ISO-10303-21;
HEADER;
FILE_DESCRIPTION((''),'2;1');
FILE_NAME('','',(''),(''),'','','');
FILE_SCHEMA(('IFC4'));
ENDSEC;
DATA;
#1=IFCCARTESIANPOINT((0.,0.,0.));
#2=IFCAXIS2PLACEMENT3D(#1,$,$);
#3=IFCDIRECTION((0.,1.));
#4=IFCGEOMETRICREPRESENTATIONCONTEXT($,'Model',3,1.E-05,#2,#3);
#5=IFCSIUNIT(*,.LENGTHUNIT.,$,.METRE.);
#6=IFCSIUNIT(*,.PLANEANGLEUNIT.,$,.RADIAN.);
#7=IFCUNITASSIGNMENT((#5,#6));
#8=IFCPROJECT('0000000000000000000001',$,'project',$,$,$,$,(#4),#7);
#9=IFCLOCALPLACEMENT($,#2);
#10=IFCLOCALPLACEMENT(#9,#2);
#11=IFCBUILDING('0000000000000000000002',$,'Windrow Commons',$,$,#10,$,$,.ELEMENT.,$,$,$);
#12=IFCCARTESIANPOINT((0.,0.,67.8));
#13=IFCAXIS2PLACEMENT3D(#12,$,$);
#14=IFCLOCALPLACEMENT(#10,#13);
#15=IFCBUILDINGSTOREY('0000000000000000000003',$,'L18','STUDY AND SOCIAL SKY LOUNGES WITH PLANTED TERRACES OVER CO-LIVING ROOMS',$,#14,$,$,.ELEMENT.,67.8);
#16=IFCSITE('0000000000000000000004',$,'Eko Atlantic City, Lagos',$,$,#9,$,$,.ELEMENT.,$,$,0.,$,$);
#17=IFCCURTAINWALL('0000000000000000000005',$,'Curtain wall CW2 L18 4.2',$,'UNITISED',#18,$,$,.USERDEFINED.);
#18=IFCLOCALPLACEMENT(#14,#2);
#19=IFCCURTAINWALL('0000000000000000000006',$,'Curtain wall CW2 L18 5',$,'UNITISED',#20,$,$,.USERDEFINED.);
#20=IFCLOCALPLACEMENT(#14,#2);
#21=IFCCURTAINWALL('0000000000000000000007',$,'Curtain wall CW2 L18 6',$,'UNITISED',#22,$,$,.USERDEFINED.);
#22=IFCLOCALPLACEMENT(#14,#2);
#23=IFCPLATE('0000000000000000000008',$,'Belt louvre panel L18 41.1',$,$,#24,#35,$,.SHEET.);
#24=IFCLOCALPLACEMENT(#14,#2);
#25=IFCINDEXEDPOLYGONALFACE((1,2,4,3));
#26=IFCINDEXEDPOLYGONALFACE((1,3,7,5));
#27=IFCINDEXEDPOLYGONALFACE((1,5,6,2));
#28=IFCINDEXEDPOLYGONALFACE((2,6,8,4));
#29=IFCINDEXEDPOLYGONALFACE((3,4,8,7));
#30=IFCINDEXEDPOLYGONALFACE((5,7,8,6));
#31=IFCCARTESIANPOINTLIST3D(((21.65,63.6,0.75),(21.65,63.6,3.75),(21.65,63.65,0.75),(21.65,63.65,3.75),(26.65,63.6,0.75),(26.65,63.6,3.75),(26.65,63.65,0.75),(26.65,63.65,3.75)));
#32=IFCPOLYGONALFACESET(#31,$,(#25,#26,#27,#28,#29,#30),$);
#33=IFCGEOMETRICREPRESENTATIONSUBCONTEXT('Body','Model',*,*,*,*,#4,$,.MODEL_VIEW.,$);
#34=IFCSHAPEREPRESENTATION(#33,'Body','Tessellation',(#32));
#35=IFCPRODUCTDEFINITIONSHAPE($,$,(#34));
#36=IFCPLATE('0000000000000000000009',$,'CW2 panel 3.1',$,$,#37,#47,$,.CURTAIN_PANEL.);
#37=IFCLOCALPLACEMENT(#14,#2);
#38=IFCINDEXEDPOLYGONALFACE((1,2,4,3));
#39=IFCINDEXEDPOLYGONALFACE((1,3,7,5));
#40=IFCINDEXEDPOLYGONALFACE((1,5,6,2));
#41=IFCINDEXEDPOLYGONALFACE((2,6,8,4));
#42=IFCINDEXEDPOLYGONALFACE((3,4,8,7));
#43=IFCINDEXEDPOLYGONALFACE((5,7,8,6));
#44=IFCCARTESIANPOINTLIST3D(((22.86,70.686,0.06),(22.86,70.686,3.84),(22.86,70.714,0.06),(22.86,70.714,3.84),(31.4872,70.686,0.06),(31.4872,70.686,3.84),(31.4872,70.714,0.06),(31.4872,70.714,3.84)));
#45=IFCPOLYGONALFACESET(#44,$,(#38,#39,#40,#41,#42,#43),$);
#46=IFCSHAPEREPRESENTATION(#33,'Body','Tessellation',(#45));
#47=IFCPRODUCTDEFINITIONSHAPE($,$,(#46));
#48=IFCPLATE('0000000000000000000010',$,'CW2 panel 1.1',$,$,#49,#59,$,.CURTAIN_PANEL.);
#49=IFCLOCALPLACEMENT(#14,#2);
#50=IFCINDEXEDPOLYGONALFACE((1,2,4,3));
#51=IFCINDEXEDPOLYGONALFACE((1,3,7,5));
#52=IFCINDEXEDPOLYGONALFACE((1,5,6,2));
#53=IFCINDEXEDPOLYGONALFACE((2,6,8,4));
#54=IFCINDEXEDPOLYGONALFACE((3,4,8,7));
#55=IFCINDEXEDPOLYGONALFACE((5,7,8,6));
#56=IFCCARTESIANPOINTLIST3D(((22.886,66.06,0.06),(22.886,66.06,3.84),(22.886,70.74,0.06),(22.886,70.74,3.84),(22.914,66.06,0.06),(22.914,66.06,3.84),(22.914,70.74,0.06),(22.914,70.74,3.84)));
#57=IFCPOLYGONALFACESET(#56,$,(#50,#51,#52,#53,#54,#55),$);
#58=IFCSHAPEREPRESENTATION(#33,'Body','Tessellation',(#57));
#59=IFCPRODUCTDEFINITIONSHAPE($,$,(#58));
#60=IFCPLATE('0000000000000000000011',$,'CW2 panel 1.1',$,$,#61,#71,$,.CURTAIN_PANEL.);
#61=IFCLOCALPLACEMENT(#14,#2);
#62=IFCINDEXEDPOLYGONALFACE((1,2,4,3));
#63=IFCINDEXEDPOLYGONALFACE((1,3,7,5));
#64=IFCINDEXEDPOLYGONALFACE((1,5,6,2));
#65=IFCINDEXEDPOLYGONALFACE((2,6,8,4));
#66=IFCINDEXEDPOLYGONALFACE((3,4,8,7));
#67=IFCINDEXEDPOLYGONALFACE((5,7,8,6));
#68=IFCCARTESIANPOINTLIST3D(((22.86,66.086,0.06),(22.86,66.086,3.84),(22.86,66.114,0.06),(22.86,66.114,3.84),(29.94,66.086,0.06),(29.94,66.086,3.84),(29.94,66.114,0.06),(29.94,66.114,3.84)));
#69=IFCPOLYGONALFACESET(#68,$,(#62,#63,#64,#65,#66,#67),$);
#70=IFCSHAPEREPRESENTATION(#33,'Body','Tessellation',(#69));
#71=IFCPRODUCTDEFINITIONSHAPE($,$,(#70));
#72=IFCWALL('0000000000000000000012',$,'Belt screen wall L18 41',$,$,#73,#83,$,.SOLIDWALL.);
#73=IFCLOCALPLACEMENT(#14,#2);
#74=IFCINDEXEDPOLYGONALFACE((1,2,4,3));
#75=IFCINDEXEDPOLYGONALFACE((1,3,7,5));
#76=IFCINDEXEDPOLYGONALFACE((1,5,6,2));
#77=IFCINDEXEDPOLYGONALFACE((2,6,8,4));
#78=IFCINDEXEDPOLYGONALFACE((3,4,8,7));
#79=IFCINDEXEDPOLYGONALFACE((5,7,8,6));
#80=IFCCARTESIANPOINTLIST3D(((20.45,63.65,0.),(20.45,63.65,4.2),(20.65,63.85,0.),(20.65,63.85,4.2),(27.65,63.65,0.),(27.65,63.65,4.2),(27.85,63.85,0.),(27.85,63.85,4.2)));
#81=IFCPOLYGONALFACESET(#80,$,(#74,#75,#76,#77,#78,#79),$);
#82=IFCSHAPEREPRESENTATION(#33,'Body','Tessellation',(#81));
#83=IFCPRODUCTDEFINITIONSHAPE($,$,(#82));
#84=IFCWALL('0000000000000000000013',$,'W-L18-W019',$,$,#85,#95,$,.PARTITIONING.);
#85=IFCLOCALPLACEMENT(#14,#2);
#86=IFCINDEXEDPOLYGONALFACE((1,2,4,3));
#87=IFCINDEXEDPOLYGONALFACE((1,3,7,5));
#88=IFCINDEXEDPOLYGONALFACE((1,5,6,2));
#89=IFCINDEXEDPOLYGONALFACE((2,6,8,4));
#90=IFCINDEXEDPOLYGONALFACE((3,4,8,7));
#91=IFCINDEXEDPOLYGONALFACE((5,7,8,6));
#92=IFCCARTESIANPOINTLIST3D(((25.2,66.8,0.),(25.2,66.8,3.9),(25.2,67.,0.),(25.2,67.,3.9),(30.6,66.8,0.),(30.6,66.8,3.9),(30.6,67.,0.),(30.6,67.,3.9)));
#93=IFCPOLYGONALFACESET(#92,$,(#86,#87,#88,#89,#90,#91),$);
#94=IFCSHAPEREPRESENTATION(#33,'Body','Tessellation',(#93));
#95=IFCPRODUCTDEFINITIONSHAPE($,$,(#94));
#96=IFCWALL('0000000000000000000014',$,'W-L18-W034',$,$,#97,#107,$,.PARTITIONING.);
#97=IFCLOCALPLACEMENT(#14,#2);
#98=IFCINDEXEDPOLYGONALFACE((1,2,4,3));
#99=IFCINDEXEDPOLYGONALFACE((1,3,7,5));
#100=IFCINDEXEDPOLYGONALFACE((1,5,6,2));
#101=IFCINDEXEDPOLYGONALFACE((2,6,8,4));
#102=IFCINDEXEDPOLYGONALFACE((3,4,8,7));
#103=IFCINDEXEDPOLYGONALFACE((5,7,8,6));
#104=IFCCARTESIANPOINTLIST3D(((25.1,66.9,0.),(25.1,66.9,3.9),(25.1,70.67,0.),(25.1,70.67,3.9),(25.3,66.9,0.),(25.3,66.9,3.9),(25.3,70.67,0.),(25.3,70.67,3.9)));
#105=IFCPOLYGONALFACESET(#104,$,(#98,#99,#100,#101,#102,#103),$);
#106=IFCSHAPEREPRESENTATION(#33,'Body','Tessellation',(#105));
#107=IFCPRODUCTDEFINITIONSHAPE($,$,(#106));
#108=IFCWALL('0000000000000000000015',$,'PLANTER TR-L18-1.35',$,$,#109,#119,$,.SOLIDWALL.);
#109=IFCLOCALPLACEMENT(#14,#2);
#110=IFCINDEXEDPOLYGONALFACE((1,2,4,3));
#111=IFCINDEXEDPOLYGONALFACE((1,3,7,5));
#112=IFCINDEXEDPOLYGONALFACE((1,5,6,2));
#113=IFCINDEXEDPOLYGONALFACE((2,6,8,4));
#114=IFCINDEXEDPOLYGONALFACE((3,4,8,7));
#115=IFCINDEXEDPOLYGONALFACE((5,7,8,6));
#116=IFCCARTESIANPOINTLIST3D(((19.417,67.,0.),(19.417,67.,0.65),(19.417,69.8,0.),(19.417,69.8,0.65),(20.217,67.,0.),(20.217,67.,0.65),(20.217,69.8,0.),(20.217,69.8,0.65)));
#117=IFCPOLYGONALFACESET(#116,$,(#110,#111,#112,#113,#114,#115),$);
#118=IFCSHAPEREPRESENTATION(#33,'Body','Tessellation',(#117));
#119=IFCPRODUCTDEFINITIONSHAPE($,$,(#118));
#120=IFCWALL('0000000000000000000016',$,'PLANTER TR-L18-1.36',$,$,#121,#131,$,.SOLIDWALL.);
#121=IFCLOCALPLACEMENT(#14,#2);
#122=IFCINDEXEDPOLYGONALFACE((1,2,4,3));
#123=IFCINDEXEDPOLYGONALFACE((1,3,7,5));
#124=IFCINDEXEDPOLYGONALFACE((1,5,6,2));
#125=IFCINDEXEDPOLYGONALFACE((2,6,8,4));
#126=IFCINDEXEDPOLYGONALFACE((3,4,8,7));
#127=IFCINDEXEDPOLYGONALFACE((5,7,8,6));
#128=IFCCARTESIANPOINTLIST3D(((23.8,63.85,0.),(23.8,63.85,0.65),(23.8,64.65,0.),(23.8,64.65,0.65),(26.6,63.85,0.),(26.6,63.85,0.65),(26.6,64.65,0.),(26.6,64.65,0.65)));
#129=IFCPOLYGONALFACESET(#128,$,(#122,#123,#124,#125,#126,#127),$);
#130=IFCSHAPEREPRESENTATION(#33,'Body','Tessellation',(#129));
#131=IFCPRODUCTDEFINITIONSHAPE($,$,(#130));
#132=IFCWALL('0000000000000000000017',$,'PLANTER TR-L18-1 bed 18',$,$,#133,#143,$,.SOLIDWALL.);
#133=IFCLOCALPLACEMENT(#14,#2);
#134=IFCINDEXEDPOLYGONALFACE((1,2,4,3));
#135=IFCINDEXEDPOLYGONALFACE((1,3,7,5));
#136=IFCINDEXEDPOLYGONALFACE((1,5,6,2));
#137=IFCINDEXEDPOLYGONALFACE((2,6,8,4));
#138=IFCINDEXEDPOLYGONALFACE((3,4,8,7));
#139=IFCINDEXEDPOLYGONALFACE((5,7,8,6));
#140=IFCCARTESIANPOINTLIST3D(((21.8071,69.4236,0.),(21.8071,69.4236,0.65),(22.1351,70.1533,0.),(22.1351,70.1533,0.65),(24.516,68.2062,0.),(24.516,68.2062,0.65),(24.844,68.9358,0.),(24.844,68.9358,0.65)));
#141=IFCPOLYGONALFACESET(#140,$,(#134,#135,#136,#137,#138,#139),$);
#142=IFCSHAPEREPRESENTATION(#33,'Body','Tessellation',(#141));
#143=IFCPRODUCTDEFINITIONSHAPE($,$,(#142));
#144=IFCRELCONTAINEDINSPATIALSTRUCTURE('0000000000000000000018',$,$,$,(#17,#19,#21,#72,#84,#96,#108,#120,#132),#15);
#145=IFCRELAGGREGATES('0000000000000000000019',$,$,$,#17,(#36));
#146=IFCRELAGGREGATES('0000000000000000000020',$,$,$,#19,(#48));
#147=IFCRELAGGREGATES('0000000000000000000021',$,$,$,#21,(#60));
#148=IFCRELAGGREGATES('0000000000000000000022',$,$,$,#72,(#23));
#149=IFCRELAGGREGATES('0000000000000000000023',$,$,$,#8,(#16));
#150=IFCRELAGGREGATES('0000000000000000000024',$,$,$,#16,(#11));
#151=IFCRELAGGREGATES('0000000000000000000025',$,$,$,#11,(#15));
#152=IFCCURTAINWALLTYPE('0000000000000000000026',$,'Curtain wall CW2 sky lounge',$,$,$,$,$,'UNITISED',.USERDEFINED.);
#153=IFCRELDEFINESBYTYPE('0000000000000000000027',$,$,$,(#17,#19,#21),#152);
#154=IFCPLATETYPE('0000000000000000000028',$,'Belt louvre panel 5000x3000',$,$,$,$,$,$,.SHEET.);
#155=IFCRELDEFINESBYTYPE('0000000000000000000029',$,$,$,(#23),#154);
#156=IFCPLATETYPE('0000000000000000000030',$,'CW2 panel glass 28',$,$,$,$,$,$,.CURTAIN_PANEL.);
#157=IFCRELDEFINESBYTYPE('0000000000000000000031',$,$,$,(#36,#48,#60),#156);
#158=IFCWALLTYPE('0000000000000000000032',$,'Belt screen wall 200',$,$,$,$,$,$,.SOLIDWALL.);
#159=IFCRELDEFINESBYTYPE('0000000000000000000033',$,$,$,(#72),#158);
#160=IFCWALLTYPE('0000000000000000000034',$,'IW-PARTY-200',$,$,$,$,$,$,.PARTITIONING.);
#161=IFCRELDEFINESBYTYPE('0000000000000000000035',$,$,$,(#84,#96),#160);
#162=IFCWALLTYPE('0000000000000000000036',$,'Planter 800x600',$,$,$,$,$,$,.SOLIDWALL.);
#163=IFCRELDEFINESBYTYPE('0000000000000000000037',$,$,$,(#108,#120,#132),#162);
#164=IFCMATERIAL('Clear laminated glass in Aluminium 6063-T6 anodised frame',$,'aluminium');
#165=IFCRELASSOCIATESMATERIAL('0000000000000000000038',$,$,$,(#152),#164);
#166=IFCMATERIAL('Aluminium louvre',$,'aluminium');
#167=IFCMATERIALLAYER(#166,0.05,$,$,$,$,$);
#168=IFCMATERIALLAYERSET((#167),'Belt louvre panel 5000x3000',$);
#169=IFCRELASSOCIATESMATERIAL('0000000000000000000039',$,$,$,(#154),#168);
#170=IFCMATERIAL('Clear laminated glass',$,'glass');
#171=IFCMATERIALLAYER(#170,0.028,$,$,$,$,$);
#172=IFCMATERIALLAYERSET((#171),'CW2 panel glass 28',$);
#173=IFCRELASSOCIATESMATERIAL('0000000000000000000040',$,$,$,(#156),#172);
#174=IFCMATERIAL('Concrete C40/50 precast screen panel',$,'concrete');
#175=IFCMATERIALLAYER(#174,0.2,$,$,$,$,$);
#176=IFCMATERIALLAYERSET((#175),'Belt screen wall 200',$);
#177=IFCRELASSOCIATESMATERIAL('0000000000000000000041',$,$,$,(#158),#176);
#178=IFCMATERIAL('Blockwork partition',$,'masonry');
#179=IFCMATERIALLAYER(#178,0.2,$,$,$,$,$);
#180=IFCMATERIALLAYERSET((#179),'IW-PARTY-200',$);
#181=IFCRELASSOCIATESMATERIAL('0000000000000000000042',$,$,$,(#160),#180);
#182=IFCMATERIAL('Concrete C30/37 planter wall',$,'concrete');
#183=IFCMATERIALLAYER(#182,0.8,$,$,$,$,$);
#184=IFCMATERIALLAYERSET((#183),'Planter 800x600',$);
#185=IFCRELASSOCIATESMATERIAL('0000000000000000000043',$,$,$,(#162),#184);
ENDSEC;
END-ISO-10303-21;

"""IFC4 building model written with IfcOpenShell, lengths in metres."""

from ifc_helpers import new_model, si_unit, direction, frame, frame_2d, origin, origin_2d, place, context, subcontext, project, spatial, polyline, rectangle, outline, extrude, material, layer, layer_set, type_object, element, aggregate, save


model = new_model("IFC4")

# Units and contexts
model_context = context("Model", 3, precision=1e-05, world=origin(), true_north=direction((0.0, 1.0)))
body_context = subcontext(model_context, "Body", "Model", "MODEL_VIEW")
ifc_project = project(units=[si_unit("LENGTHUNIT", "METRE"), si_unit("PLANEANGLEUNIT", "RADIAN")], contexts=[model_context])

# Site, building, storey
site_placement = place(None, origin())
site = spatial("IfcSite", under=ifc_project, at=site_placement, Name="Eko Atlantic City, Lagos", CompositionType="ELEMENT", RefElevation=0.0)
building_placement = place(site_placement, origin())
building = spatial("IfcBuilding", under=site, at=building_placement, Name="Windrow Commons", CompositionType="ELEMENT")
storey_placement = place(building_placement, frame((0.0, 0.0, 67.8)))
storey = spatial("IfcBuildingStorey", under=building, at=storey_placement, Name="L18", Description="STUDY AND SOCIAL SKY LOUNGES WITH PLANTED TERRACES OVER CO-LIVING ROOMS", CompositionType="ELEMENT", Elevation=67.8)

# Curtain wall
ifc_material_1 = material(Name="Clear laminated glass in Aluminium 6063-T6 anodised frame", Category="aluminium")
curtain_wall_type = type_object("IfcCurtainWallType", Name="Curtain wall CW2 sky lounge", ElementType="UNITISED", PredefinedType="USERDEFINED", material=ifc_material_1)
placement = place(storey_placement, origin())
curtain_wall_1 = element("IfcCurtainWall", 1, at=placement, inside=storey, type_object=curtain_wall_type, Name="Curtain wall CW2 L18 4.2", ObjectType="UNITISED", PredefinedType="USERDEFINED")

# Curtain wall
curtain_wall_2 = element("IfcCurtainWall", 2, at=placement, inside=storey, type_object=curtain_wall_type, Name="Curtain wall CW2 L18 5", ObjectType="UNITISED", PredefinedType="USERDEFINED")

# Curtain wall
curtain_wall_3 = element("IfcCurtainWall", 3, at=placement, inside=storey, type_object=curtain_wall_type, Name="Curtain wall CW2 L18 6", ObjectType="UNITISED", PredefinedType="USERDEFINED")

# Plates
ifc_material_2 = material(Name="Aluminium louvre", Category="aluminium")
ifc_layer_1 = layer(ifc_material_2, 0.05)
ifc_layer_set_1 = layer_set([ifc_layer_1], Name="Belt louvre panel 5000x3000")
plate_type_1 = type_object("IfcPlateType", Name="Belt louvre panel 5000x3000", PredefinedType="SHEET", material=ifc_layer_set_1)
plate_1_placement = place(storey_placement, frame((21.65, 63.6, 0.75), z_axis=(0.0, -1.0, 0.0), x_axis=(1.0, 0.0, 0.0)))
plate_1 = element("IfcPlate", 4, at=plate_1_placement, type_object=plate_type_1, Name="Belt louvre panel L18 41.1", PredefinedType="SHEET", context=body_context, shape_type="SweptSolid", body=[
    extrude(outline(polyline([(0.0, 0.0), (5.0, 0.0), (5.0, 3.0), (0.0, 3.0), (0.0, 0.0)])), origin(), (0.0, 0.0, -1.0), 0.05),
])
ifc_material_3 = material(Name="Clear laminated glass", Category="glass")
ifc_layer_2 = layer(ifc_material_3, 0.028)
ifc_layer_set_2 = layer_set([ifc_layer_2], Name="CW2 panel glass 28")
plate_type_2 = type_object("IfcPlateType", Name="CW2 panel glass 28", PredefinedType="CURTAIN_PANEL", material=ifc_layer_set_2)
plate_2_placement = place(storey_placement, frame((27.1736, 70.7, 0.06), z_axis=(0.0, 0.0, 1.0), x_axis=(-1.0, 0.0, 0.0)))
plate_2 = element("IfcPlate", 5, at=plate_2_placement, type_object=plate_type_2, Name="CW2 panel 3.1", PredefinedType="CURTAIN_PANEL", context=body_context, shape_type="SweptSolid", body=[
    extrude(rectangle(XDim=8.6273, YDim=0.028, at=origin_2d()), origin(), (0.0, 0.0, 1.0), 3.78),
])
aggregate(curtain_wall_1, [plate_2])
plate_3_placement = place(storey_placement, frame((22.9, 68.4, 0.06), z_axis=(0.0, 0.0, 1.0), x_axis=(0.0, -1.0, 0.0)))
plate_3 = element("IfcPlate", 6, at=plate_3_placement, type_object=plate_type_2, Name="CW2 panel 1.1", PredefinedType="CURTAIN_PANEL", context=body_context, shape_type="SweptSolid", body=[
    extrude(rectangle(XDim=4.68, YDim=0.028, at=origin_2d()), origin(), (0.0, 0.0, 1.0), 3.78),
])
aggregate(curtain_wall_2, [plate_3])
plate_4_placement = place(storey_placement, frame((26.4, 66.1, 0.06), z_axis=(0.0, 0.0, 1.0), x_axis=(1.0, 0.0, 0.0)))
plate_4 = element("IfcPlate", 7, at=plate_4_placement, type_object=plate_type_2, Name="CW2 panel 1.1", PredefinedType="CURTAIN_PANEL", context=body_context, shape_type="SweptSolid", body=[
    extrude(rectangle(XDim=7.08, YDim=0.028, at=origin_2d()), origin(), (0.0, 0.0, 1.0), 3.78),
])
aggregate(curtain_wall_3, [plate_4])

# Wall
ifc_material_4 = material(Name="Concrete C40/50 precast screen panel", Category="concrete")
ifc_layer_3 = layer(ifc_material_4, 0.2)
ifc_layer_set_3 = layer_set([ifc_layer_3], Name="Belt screen wall 200")
wall_type_1 = type_object("IfcWallType", Name="Belt screen wall 200", PredefinedType="SOLIDWALL", material=ifc_layer_set_3)
wall_1_placement = place(storey_placement, frame((20.55, 63.75, 0.0), z_axis=(0.0, 0.0, 1.0), x_axis=(1.0, 0.0, 0.0)))
wall_1 = element("IfcWall", 8, at=wall_1_placement, inside=storey, type_object=wall_type_1, Name="Belt screen wall L18 41", PredefinedType="SOLIDWALL", context=body_context, shape_type="SweptSolid", body=[
    extrude(outline(polyline([(-0.1, -0.1), (7.1, -0.1), (7.3, 0.1), (0.1, 0.1), (-0.1, -0.1)])), origin(), (0.0, 0.0, 1.0), 4.2),
])
aggregate(wall_1, [plate_1])

# Walls
ifc_material_5 = material(Name="Blockwork partition", Category="masonry")
ifc_layer_4 = layer(ifc_material_5, 0.2)
ifc_layer_set_4 = layer_set([ifc_layer_4], Name="IW-PARTY-200")
wall_type_2 = type_object("IfcWallType", Name="IW-PARTY-200", PredefinedType="PARTITIONING", material=ifc_layer_set_4)
wall_2_placement = place(storey_placement, frame((25.2, 66.9, 0.0), z_axis=(0.0, 0.0, 1.0), x_axis=(1.0, 0.0, 0.0)))
element("IfcWall", 9, at=wall_2_placement, inside=storey, type_object=wall_type_2, Name="W-L18-W019", PredefinedType="PARTITIONING", context=body_context, shape_type="SweptSolid", body=[
    extrude(rectangle(XDim=5.4, YDim=0.2, at=frame_2d((2.7, 0.0))), origin(), (0.0, 0.0, 1.0), 3.9),
])
wall_3_placement = place(storey_placement, frame((25.2, 66.9, 0.0), z_axis=(0.0, 0.0, 1.0), x_axis=(0.0, 1.0, 0.0)))
element("IfcWall", 10, at=wall_3_placement, inside=storey, type_object=wall_type_2, Name="W-L18-W034", PredefinedType="PARTITIONING", context=body_context, shape_type="SweptSolid", body=[
    extrude(rectangle(XDim=3.77, YDim=0.2, at=frame_2d((1.885, 0.0))), origin(), (0.0, 0.0, 1.0), 3.9),
])
ifc_material_6 = material(Name="Concrete C30/37 planter wall", Category="concrete")
ifc_layer_5 = layer(ifc_material_6, 0.8)
ifc_layer_set_5 = layer_set([ifc_layer_5], Name="Planter 800x600")
wall_type_3 = type_object("IfcWallType", Name="Planter 800x600", PredefinedType="SOLIDWALL", material=ifc_layer_set_5)
for number, where, z_axis, x_axis, name in (
    (11, (19.817, 69.8, 0.0), (0.0, 0.0, 1.0), (0.0, -1.0, 0.0), "PLANTER TR-L18-1.35"),
    (12, (23.8, 64.25, 0.0), (0.0, 0.0, 1.0), (1.0, 0.0, 0.0), "PLANTER TR-L18-1.36"),
):
    element("IfcWall", number, at=place(storey_placement, frame(where, z_axis=z_axis, x_axis=x_axis)), inside=storey, type_object=wall_type_3, Name=name, PredefinedType="SOLIDWALL", context=body_context, shape_type="SweptSolid", body=[
        extrude(rectangle(XDim=2.8, YDim=0.8, at=frame_2d((1.4, 0.0))), origin(), (0.0, 0.0, 1.0), 0.65),
    ])
wall_4_placement = place(storey_placement, frame((24.68, 68.571, 0.0), z_axis=(0.0, 0.0, 1.0), x_axis=(-0.912111, 0.409943, 0.0)))
element("IfcWall", 13, at=wall_4_placement, inside=storey, type_object=wall_type_3, Name="PLANTER TR-L18-1 bed 18", PredefinedType="SOLIDWALL", context=body_context, shape_type="SweptSolid", body=[
    extrude(outline(polyline([(0.0, -0.4), (2.9699, -0.4), (2.9699, 0.4), (0.0, 0.4), (0.0, -0.4)])), origin(), (0.0, 0.0, 1.0), 0.65),
])

save(model, "model.ifc")
